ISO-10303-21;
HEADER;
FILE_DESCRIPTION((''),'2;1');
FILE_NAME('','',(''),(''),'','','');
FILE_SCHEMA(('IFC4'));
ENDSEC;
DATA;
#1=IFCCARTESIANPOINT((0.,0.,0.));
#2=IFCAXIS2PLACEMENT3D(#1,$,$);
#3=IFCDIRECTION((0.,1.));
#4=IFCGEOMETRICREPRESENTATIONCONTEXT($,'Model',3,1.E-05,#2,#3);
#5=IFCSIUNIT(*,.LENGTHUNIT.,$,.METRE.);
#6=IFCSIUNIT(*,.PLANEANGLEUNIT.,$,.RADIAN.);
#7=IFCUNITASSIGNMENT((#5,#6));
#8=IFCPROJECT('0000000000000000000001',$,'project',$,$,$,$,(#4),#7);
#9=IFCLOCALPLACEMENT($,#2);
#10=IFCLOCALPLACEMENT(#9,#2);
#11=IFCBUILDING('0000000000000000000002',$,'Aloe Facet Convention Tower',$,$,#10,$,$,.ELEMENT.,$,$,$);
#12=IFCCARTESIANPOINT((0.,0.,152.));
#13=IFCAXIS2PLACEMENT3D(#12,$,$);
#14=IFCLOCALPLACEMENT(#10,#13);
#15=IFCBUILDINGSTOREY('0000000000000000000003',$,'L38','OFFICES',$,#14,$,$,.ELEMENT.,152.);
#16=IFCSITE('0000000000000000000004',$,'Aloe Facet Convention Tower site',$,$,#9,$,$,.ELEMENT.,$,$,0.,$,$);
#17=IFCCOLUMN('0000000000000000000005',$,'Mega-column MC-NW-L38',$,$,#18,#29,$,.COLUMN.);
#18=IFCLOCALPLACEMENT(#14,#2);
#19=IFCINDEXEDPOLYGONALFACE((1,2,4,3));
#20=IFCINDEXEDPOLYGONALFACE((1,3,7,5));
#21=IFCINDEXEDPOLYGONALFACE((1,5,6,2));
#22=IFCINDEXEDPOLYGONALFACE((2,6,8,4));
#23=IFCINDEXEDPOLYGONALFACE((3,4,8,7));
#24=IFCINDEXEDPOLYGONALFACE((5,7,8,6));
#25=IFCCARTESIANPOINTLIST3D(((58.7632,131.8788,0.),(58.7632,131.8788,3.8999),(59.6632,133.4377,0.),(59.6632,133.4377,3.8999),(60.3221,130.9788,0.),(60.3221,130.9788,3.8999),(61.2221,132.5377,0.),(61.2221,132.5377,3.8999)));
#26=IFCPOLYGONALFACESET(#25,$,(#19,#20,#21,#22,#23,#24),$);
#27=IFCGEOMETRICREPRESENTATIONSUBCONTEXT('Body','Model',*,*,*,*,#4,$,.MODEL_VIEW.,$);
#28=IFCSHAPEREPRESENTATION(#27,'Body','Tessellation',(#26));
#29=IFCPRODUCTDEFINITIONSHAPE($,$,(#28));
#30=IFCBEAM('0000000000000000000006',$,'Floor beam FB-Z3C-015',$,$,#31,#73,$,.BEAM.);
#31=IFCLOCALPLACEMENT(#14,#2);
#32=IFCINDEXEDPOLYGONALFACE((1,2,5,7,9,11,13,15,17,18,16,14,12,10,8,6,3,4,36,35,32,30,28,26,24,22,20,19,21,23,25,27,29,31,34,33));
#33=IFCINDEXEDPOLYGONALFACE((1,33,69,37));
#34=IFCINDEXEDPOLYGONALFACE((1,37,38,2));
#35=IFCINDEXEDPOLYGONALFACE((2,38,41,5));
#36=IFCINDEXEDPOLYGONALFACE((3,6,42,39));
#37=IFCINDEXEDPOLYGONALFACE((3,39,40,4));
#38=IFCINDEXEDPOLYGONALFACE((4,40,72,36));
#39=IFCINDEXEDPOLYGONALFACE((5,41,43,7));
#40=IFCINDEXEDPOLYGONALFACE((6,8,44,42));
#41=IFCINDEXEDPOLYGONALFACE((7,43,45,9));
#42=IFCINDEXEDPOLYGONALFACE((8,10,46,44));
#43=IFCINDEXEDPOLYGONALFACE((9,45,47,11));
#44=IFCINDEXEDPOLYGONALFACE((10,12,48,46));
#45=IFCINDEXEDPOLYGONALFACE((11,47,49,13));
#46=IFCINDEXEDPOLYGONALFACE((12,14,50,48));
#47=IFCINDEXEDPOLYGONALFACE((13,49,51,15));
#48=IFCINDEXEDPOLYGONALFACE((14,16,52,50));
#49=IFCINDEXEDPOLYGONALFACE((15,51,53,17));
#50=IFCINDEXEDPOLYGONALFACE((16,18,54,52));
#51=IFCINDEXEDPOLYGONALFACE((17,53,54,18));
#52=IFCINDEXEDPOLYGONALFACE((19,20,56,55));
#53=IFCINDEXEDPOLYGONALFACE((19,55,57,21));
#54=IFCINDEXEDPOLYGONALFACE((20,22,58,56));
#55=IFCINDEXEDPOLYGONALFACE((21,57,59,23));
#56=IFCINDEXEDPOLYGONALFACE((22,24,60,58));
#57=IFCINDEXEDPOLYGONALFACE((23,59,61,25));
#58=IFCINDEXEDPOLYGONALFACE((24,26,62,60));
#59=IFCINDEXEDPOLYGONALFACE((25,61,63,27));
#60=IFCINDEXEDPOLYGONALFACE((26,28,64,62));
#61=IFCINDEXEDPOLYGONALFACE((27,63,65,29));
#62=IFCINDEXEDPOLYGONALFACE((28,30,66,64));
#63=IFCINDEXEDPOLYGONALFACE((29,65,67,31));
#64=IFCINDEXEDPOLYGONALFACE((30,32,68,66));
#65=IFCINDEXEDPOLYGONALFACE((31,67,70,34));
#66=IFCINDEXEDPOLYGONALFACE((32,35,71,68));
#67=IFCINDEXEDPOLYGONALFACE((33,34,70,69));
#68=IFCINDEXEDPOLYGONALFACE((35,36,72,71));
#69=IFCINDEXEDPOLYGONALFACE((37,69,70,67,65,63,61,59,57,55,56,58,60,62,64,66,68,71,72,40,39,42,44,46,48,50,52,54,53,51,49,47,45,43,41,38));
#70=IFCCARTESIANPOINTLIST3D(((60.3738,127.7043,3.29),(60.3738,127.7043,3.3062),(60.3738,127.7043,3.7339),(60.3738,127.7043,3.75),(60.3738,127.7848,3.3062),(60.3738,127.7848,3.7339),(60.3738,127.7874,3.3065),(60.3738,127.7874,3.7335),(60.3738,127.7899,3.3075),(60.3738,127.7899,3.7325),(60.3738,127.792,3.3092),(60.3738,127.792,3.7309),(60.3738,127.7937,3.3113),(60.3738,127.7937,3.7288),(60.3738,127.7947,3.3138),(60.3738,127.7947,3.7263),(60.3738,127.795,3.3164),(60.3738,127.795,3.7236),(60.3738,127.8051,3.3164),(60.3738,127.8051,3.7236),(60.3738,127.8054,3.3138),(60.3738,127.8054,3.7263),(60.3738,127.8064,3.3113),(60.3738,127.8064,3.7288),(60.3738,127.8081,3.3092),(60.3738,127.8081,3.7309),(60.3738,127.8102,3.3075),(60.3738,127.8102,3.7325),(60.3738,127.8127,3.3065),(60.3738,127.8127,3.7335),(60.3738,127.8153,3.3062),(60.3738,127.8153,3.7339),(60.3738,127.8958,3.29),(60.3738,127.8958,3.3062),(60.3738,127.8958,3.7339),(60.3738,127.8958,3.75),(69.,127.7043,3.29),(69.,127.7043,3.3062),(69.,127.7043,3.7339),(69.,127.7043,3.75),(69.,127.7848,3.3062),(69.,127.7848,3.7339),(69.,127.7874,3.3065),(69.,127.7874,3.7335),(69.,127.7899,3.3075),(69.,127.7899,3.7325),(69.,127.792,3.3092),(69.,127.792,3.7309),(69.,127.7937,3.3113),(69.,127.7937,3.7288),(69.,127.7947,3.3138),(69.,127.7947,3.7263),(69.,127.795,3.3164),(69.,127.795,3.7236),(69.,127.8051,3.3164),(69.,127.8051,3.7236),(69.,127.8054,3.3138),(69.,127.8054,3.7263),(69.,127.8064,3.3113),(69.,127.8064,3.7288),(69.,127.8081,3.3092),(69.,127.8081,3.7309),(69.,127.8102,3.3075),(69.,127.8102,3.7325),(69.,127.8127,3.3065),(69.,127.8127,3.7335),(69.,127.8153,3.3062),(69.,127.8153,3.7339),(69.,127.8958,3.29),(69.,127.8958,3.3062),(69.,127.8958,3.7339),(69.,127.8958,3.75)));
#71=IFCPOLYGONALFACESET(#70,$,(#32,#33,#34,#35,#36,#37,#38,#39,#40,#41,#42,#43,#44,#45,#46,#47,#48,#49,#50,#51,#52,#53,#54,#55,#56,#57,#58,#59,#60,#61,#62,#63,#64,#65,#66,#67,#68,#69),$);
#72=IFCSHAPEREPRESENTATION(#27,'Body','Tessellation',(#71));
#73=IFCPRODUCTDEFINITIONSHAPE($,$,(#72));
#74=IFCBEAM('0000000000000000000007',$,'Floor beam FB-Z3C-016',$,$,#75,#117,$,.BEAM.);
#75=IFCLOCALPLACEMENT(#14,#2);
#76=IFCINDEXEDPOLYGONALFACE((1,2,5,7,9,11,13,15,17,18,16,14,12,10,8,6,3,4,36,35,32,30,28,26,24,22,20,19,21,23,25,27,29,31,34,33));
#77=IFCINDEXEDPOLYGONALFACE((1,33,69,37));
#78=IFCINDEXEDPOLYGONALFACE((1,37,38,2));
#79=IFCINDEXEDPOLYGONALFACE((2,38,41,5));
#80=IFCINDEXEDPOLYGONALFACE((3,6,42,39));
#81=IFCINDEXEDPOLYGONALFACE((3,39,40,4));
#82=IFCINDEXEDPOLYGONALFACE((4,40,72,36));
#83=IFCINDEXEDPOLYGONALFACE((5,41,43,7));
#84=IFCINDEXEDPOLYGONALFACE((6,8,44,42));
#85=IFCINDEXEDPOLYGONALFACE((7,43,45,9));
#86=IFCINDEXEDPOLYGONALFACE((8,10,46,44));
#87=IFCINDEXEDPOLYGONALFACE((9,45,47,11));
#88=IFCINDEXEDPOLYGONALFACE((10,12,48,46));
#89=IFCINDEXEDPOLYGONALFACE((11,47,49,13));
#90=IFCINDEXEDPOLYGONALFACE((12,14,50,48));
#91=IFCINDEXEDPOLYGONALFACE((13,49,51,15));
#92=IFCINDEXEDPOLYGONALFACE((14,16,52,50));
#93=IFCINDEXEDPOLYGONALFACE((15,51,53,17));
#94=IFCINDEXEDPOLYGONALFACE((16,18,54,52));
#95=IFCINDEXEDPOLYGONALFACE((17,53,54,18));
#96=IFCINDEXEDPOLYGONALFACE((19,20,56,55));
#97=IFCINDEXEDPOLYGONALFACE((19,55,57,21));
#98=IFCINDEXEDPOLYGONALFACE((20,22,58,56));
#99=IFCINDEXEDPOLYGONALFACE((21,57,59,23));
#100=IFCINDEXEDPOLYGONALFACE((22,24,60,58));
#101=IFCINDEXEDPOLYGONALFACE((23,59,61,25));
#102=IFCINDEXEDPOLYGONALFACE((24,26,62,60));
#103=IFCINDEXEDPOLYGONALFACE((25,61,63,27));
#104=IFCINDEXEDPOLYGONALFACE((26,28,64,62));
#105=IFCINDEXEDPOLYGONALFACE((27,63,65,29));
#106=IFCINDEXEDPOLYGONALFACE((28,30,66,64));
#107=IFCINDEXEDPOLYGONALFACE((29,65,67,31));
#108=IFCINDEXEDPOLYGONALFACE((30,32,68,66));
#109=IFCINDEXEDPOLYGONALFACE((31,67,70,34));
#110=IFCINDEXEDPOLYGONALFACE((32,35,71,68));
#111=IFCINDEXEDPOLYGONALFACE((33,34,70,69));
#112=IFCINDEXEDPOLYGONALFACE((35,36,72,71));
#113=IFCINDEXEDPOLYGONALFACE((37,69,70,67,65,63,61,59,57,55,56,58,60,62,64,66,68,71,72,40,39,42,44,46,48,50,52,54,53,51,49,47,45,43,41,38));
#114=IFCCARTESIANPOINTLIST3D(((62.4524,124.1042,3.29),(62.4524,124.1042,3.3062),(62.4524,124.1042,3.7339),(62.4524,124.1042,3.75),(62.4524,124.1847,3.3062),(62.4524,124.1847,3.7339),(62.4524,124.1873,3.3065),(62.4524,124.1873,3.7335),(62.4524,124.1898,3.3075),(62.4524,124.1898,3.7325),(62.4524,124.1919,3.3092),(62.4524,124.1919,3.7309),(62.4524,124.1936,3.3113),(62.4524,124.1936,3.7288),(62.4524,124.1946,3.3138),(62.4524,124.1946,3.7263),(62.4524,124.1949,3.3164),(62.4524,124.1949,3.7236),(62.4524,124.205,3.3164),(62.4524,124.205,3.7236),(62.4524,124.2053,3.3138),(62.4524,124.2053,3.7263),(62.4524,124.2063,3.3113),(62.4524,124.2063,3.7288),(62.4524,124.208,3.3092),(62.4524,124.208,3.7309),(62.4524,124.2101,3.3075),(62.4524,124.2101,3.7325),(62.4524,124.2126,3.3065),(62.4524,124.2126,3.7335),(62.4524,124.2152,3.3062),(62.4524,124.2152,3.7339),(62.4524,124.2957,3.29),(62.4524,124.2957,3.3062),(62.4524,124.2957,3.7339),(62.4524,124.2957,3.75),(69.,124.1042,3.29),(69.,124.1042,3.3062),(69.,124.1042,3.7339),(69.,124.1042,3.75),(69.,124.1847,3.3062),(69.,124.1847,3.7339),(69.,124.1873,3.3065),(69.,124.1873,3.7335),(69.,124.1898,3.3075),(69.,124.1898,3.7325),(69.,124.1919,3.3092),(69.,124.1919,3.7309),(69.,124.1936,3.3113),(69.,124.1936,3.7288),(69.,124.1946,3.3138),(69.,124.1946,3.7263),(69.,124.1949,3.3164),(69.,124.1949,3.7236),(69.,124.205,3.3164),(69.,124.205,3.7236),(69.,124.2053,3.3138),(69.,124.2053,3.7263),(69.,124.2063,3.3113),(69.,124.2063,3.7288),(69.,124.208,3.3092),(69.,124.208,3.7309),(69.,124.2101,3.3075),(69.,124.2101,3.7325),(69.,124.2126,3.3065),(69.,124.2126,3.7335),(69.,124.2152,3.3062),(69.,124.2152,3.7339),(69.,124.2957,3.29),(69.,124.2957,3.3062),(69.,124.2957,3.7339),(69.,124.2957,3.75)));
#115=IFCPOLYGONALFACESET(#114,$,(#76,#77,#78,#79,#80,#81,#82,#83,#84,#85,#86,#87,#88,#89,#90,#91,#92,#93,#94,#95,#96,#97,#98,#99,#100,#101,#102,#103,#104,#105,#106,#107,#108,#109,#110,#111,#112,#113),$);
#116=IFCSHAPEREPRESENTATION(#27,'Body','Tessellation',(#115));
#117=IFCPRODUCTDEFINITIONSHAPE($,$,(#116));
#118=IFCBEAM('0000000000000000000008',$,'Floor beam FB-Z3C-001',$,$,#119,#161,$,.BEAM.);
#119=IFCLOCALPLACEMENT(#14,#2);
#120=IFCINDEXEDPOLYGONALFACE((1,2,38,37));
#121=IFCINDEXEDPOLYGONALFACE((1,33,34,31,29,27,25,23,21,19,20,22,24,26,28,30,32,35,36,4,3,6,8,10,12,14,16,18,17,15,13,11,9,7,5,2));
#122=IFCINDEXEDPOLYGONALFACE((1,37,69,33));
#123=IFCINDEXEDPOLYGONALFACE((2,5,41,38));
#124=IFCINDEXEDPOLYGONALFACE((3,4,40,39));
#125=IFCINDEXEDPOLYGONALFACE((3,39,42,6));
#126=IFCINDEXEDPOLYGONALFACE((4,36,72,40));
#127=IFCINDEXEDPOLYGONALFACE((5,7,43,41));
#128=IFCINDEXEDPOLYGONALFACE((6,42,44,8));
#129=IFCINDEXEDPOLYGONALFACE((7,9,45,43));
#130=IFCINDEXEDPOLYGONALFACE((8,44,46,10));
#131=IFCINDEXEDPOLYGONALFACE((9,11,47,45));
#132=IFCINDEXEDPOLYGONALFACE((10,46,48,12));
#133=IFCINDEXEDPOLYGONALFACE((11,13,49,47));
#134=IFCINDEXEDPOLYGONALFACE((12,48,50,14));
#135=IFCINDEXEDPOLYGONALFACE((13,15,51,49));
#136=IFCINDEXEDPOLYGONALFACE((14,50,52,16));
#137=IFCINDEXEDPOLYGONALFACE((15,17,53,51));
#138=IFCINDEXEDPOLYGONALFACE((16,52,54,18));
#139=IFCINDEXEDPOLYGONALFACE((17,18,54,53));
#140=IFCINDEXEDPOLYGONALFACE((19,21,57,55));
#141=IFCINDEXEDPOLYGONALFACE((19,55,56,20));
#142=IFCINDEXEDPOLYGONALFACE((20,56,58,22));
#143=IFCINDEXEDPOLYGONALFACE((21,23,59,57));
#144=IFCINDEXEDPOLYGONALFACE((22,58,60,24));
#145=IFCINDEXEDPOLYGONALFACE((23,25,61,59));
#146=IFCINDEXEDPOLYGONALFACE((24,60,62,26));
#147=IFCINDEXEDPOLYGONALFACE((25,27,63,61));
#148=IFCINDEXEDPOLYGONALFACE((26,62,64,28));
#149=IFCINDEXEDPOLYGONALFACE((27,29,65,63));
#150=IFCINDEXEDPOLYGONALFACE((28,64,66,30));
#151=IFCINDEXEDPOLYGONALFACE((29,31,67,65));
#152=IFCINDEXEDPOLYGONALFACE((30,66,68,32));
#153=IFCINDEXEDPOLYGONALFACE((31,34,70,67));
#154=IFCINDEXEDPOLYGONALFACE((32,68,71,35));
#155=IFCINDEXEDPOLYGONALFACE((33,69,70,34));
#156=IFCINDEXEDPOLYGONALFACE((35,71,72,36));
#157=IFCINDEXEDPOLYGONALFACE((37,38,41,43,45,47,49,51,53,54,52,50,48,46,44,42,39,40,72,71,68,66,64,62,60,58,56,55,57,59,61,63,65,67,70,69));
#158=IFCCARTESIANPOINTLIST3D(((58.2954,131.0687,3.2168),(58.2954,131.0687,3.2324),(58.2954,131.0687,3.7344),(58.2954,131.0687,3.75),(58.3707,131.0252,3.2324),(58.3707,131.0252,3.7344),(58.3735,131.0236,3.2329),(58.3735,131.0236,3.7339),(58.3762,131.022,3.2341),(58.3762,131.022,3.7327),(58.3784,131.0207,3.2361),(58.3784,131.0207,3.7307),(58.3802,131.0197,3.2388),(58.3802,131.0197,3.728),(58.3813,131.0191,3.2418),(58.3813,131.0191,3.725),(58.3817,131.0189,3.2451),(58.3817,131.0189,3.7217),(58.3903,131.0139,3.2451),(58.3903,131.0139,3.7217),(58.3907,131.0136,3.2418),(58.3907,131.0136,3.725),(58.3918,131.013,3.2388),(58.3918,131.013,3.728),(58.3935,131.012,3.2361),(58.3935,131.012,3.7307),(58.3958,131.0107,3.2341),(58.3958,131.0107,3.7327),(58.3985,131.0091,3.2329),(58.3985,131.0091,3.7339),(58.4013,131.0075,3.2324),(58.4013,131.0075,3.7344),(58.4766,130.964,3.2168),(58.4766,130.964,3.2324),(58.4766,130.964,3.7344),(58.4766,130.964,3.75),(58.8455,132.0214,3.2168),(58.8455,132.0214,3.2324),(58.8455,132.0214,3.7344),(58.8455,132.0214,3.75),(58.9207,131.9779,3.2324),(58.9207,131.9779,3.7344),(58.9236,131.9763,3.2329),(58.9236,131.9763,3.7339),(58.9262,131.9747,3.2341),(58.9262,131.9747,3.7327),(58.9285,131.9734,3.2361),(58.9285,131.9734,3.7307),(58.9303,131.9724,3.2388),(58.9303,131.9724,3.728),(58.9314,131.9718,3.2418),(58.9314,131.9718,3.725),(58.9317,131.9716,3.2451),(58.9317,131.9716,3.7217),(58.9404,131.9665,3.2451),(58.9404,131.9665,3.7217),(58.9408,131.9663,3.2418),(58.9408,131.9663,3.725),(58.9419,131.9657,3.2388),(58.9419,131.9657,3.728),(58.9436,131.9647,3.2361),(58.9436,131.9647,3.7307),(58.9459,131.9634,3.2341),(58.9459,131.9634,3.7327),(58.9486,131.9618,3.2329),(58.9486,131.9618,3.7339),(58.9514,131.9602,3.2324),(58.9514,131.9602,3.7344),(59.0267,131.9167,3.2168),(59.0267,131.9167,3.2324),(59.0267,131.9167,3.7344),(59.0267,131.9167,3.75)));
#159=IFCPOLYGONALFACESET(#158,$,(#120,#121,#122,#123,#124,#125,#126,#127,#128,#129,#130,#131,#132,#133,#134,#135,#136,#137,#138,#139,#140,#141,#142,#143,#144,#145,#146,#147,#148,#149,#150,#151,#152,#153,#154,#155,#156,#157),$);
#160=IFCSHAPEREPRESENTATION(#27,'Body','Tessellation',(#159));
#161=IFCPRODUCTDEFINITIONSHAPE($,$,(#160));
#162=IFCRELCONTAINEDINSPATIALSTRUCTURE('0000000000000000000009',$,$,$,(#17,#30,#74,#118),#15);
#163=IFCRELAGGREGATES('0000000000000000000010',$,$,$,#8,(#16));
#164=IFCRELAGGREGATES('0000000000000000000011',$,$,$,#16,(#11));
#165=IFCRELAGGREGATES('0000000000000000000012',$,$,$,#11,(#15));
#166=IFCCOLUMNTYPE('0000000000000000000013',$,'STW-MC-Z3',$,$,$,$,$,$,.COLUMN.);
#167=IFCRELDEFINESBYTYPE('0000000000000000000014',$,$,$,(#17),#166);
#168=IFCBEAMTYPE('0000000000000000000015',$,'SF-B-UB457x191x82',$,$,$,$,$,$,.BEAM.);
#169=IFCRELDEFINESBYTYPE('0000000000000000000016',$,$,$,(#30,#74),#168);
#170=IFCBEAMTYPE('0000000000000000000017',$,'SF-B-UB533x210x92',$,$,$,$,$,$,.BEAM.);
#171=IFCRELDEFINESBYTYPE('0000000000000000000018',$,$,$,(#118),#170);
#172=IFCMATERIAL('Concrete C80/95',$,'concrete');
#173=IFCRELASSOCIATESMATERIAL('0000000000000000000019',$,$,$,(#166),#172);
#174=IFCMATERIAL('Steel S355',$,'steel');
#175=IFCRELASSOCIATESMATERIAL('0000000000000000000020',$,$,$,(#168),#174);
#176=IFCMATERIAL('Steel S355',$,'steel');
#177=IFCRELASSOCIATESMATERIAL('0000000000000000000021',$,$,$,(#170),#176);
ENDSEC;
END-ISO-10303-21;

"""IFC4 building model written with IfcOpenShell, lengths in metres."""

from ifc_helpers import new_model, si_unit, direction, frame, origin, origin_2d, place, context, subcontext, project, spatial, rectangle, i_section, extrude, material, material_profile, profile_set, type_object, element, save


model = new_model("IFC4")

# Units and contexts
model_context = context("Model", 3, precision=1e-05, world=origin(), true_north=direction((0.0, 1.0)))
body_context = subcontext(model_context, "Body", "Model", "MODEL_VIEW")
ifc_project = project(units=[si_unit("LENGTHUNIT", "METRE"), si_unit("PLANEANGLEUNIT", "RADIAN")], contexts=[model_context])

# Site, building, storey
site_placement = place(None, origin())
site = spatial("IfcSite", under=ifc_project, at=site_placement, Name="Aloe Facet Convention Tower site", CompositionType="ELEMENT", RefElevation=0.0)
building_placement = place(site_placement, origin())
building = spatial("IfcBuilding", under=site, at=building_placement, Name="Aloe Facet Convention Tower", CompositionType="ELEMENT")
storey_placement = place(building_placement, frame((0.0, 0.0, 152.0)))
storey = spatial("IfcBuildingStorey", under=building, at=storey_placement, Name="L38", Description="OFFICES", CompositionType="ELEMENT", Elevation=152.0)

# Column
ifc_material_1 = material(Name="Concrete C80/95", Category="concrete")
ifc_material_profile_1 = material_profile(ifc_material_1, rectangle(XDim=1.8, YDim=1.8, at=origin_2d()), Name="STW-MC-Z3")
ifc_profile_set_1 = profile_set([ifc_material_profile_1], Name="Concrete C80/95")
column_type = type_object("IfcColumnType", Name="STW-MC-Z3", PredefinedType="COLUMN", material=ifc_profile_set_1)
column_placement = place(storey_placement, frame((59.9927, 132.2083, 0.0), z_axis=(0.0, 0.0, 1.0), x_axis=(-0.5, -0.866025, 0.0)))
element("IfcColumn", 1, at=column_placement, inside=storey, type_object=column_type, Name="Mega-column MC-NW-L38", PredefinedType="COLUMN", context=body_context, shape_type="SweptSolid", body=[
    extrude(rectangle(XDim=1.8, YDim=1.8, at=origin_2d()), origin(), (0.0, 0.0, 1.0), 3.8999),
])

# Beams
ifc_material_2 = material(Name="Steel S355", Category="steel")
ifc_material_profile_2 = material_profile(ifc_material_2, i_section(OverallWidth=0.1914, OverallDepth=0.46, WebThickness=0.01, FlangeThickness=0.0161, FilletRadius=0.0103, at=origin_2d()), Name="UB 457x191x82")
ifc_profile_set_2 = profile_set([ifc_material_profile_2], Name="Steel S355")
beam_type_1 = type_object("IfcBeamType", Name="SF-B-UB457x191x82", PredefinedType="BEAM", material=ifc_profile_set_2)
beam_1_placement = place(storey_placement, frame((60.3738, 127.8, 3.52), z_axis=(1.0, 0.0, 0.0), x_axis=(0.0, 1.0, 0.0)))
element("IfcBeam", 2, at=beam_1_placement, inside=storey, type_object=beam_type_1, Name="Floor beam FB-Z3C-015", PredefinedType="BEAM", context=body_context, shape_type="SweptSolid", body=[
    extrude(i_section(OverallWidth=0.1914, OverallDepth=0.46, WebThickness=0.01, FlangeThickness=0.0161, FilletRadius=0.0103, at=origin_2d()), origin(), (0.0, 0.0, 1.0), 8.6262),
])
beam_2_placement = place(storey_placement, frame((62.4524, 124.2, 3.52), z_axis=(1.0, 0.0, 0.0), x_axis=(0.0, 1.0, 0.0)))
element("IfcBeam", 3, at=beam_2_placement, inside=storey, type_object=beam_type_1, Name="Floor beam FB-Z3C-016", PredefinedType="BEAM", context=body_context, shape_type="SweptSolid", body=[
    extrude(i_section(OverallWidth=0.1914, OverallDepth=0.46, WebThickness=0.01, FlangeThickness=0.0161, FilletRadius=0.0103, at=origin_2d()), origin(), (0.0, 0.0, 1.0), 6.5476),
])
ifc_material_3 = material(Name="Steel S355", Category="steel")
ifc_material_profile_3 = material_profile(ifc_material_3, i_section(OverallWidth=0.2092, OverallDepth=0.5332, WebThickness=0.01, FlangeThickness=0.0156, FilletRadius=0.0127, at=origin_2d()), Name="UB 533x210x92")
ifc_profile_set_3 = profile_set([ifc_material_profile_3], Name="Steel S355")
beam_type_2 = type_object("IfcBeamType", Name="SF-B-UB533x210x92", PredefinedType="BEAM", material=ifc_profile_set_3)
beam_3_placement = place(storey_placement, frame((58.386, 131.0164, 3.4834), z_axis=(0.50003, 0.866008, 0.0), x_axis=(-0.866008, 0.50003, 0.0)))
element("IfcBeam", 4, at=beam_3_placement, inside=storey, type_object=beam_type_2, Name="Floor beam FB-Z3C-001", PredefinedType="BEAM", context=body_context, shape_type="SweptSolid", body=[
    extrude(i_section(OverallWidth=0.2092, OverallDepth=0.5332, WebThickness=0.01, FlangeThickness=0.0156, FilletRadius=0.0127, at=origin_2d()), origin(), (0.0, 0.0, 1.0), 1.1001),
])

save(model, "model.ifc")
